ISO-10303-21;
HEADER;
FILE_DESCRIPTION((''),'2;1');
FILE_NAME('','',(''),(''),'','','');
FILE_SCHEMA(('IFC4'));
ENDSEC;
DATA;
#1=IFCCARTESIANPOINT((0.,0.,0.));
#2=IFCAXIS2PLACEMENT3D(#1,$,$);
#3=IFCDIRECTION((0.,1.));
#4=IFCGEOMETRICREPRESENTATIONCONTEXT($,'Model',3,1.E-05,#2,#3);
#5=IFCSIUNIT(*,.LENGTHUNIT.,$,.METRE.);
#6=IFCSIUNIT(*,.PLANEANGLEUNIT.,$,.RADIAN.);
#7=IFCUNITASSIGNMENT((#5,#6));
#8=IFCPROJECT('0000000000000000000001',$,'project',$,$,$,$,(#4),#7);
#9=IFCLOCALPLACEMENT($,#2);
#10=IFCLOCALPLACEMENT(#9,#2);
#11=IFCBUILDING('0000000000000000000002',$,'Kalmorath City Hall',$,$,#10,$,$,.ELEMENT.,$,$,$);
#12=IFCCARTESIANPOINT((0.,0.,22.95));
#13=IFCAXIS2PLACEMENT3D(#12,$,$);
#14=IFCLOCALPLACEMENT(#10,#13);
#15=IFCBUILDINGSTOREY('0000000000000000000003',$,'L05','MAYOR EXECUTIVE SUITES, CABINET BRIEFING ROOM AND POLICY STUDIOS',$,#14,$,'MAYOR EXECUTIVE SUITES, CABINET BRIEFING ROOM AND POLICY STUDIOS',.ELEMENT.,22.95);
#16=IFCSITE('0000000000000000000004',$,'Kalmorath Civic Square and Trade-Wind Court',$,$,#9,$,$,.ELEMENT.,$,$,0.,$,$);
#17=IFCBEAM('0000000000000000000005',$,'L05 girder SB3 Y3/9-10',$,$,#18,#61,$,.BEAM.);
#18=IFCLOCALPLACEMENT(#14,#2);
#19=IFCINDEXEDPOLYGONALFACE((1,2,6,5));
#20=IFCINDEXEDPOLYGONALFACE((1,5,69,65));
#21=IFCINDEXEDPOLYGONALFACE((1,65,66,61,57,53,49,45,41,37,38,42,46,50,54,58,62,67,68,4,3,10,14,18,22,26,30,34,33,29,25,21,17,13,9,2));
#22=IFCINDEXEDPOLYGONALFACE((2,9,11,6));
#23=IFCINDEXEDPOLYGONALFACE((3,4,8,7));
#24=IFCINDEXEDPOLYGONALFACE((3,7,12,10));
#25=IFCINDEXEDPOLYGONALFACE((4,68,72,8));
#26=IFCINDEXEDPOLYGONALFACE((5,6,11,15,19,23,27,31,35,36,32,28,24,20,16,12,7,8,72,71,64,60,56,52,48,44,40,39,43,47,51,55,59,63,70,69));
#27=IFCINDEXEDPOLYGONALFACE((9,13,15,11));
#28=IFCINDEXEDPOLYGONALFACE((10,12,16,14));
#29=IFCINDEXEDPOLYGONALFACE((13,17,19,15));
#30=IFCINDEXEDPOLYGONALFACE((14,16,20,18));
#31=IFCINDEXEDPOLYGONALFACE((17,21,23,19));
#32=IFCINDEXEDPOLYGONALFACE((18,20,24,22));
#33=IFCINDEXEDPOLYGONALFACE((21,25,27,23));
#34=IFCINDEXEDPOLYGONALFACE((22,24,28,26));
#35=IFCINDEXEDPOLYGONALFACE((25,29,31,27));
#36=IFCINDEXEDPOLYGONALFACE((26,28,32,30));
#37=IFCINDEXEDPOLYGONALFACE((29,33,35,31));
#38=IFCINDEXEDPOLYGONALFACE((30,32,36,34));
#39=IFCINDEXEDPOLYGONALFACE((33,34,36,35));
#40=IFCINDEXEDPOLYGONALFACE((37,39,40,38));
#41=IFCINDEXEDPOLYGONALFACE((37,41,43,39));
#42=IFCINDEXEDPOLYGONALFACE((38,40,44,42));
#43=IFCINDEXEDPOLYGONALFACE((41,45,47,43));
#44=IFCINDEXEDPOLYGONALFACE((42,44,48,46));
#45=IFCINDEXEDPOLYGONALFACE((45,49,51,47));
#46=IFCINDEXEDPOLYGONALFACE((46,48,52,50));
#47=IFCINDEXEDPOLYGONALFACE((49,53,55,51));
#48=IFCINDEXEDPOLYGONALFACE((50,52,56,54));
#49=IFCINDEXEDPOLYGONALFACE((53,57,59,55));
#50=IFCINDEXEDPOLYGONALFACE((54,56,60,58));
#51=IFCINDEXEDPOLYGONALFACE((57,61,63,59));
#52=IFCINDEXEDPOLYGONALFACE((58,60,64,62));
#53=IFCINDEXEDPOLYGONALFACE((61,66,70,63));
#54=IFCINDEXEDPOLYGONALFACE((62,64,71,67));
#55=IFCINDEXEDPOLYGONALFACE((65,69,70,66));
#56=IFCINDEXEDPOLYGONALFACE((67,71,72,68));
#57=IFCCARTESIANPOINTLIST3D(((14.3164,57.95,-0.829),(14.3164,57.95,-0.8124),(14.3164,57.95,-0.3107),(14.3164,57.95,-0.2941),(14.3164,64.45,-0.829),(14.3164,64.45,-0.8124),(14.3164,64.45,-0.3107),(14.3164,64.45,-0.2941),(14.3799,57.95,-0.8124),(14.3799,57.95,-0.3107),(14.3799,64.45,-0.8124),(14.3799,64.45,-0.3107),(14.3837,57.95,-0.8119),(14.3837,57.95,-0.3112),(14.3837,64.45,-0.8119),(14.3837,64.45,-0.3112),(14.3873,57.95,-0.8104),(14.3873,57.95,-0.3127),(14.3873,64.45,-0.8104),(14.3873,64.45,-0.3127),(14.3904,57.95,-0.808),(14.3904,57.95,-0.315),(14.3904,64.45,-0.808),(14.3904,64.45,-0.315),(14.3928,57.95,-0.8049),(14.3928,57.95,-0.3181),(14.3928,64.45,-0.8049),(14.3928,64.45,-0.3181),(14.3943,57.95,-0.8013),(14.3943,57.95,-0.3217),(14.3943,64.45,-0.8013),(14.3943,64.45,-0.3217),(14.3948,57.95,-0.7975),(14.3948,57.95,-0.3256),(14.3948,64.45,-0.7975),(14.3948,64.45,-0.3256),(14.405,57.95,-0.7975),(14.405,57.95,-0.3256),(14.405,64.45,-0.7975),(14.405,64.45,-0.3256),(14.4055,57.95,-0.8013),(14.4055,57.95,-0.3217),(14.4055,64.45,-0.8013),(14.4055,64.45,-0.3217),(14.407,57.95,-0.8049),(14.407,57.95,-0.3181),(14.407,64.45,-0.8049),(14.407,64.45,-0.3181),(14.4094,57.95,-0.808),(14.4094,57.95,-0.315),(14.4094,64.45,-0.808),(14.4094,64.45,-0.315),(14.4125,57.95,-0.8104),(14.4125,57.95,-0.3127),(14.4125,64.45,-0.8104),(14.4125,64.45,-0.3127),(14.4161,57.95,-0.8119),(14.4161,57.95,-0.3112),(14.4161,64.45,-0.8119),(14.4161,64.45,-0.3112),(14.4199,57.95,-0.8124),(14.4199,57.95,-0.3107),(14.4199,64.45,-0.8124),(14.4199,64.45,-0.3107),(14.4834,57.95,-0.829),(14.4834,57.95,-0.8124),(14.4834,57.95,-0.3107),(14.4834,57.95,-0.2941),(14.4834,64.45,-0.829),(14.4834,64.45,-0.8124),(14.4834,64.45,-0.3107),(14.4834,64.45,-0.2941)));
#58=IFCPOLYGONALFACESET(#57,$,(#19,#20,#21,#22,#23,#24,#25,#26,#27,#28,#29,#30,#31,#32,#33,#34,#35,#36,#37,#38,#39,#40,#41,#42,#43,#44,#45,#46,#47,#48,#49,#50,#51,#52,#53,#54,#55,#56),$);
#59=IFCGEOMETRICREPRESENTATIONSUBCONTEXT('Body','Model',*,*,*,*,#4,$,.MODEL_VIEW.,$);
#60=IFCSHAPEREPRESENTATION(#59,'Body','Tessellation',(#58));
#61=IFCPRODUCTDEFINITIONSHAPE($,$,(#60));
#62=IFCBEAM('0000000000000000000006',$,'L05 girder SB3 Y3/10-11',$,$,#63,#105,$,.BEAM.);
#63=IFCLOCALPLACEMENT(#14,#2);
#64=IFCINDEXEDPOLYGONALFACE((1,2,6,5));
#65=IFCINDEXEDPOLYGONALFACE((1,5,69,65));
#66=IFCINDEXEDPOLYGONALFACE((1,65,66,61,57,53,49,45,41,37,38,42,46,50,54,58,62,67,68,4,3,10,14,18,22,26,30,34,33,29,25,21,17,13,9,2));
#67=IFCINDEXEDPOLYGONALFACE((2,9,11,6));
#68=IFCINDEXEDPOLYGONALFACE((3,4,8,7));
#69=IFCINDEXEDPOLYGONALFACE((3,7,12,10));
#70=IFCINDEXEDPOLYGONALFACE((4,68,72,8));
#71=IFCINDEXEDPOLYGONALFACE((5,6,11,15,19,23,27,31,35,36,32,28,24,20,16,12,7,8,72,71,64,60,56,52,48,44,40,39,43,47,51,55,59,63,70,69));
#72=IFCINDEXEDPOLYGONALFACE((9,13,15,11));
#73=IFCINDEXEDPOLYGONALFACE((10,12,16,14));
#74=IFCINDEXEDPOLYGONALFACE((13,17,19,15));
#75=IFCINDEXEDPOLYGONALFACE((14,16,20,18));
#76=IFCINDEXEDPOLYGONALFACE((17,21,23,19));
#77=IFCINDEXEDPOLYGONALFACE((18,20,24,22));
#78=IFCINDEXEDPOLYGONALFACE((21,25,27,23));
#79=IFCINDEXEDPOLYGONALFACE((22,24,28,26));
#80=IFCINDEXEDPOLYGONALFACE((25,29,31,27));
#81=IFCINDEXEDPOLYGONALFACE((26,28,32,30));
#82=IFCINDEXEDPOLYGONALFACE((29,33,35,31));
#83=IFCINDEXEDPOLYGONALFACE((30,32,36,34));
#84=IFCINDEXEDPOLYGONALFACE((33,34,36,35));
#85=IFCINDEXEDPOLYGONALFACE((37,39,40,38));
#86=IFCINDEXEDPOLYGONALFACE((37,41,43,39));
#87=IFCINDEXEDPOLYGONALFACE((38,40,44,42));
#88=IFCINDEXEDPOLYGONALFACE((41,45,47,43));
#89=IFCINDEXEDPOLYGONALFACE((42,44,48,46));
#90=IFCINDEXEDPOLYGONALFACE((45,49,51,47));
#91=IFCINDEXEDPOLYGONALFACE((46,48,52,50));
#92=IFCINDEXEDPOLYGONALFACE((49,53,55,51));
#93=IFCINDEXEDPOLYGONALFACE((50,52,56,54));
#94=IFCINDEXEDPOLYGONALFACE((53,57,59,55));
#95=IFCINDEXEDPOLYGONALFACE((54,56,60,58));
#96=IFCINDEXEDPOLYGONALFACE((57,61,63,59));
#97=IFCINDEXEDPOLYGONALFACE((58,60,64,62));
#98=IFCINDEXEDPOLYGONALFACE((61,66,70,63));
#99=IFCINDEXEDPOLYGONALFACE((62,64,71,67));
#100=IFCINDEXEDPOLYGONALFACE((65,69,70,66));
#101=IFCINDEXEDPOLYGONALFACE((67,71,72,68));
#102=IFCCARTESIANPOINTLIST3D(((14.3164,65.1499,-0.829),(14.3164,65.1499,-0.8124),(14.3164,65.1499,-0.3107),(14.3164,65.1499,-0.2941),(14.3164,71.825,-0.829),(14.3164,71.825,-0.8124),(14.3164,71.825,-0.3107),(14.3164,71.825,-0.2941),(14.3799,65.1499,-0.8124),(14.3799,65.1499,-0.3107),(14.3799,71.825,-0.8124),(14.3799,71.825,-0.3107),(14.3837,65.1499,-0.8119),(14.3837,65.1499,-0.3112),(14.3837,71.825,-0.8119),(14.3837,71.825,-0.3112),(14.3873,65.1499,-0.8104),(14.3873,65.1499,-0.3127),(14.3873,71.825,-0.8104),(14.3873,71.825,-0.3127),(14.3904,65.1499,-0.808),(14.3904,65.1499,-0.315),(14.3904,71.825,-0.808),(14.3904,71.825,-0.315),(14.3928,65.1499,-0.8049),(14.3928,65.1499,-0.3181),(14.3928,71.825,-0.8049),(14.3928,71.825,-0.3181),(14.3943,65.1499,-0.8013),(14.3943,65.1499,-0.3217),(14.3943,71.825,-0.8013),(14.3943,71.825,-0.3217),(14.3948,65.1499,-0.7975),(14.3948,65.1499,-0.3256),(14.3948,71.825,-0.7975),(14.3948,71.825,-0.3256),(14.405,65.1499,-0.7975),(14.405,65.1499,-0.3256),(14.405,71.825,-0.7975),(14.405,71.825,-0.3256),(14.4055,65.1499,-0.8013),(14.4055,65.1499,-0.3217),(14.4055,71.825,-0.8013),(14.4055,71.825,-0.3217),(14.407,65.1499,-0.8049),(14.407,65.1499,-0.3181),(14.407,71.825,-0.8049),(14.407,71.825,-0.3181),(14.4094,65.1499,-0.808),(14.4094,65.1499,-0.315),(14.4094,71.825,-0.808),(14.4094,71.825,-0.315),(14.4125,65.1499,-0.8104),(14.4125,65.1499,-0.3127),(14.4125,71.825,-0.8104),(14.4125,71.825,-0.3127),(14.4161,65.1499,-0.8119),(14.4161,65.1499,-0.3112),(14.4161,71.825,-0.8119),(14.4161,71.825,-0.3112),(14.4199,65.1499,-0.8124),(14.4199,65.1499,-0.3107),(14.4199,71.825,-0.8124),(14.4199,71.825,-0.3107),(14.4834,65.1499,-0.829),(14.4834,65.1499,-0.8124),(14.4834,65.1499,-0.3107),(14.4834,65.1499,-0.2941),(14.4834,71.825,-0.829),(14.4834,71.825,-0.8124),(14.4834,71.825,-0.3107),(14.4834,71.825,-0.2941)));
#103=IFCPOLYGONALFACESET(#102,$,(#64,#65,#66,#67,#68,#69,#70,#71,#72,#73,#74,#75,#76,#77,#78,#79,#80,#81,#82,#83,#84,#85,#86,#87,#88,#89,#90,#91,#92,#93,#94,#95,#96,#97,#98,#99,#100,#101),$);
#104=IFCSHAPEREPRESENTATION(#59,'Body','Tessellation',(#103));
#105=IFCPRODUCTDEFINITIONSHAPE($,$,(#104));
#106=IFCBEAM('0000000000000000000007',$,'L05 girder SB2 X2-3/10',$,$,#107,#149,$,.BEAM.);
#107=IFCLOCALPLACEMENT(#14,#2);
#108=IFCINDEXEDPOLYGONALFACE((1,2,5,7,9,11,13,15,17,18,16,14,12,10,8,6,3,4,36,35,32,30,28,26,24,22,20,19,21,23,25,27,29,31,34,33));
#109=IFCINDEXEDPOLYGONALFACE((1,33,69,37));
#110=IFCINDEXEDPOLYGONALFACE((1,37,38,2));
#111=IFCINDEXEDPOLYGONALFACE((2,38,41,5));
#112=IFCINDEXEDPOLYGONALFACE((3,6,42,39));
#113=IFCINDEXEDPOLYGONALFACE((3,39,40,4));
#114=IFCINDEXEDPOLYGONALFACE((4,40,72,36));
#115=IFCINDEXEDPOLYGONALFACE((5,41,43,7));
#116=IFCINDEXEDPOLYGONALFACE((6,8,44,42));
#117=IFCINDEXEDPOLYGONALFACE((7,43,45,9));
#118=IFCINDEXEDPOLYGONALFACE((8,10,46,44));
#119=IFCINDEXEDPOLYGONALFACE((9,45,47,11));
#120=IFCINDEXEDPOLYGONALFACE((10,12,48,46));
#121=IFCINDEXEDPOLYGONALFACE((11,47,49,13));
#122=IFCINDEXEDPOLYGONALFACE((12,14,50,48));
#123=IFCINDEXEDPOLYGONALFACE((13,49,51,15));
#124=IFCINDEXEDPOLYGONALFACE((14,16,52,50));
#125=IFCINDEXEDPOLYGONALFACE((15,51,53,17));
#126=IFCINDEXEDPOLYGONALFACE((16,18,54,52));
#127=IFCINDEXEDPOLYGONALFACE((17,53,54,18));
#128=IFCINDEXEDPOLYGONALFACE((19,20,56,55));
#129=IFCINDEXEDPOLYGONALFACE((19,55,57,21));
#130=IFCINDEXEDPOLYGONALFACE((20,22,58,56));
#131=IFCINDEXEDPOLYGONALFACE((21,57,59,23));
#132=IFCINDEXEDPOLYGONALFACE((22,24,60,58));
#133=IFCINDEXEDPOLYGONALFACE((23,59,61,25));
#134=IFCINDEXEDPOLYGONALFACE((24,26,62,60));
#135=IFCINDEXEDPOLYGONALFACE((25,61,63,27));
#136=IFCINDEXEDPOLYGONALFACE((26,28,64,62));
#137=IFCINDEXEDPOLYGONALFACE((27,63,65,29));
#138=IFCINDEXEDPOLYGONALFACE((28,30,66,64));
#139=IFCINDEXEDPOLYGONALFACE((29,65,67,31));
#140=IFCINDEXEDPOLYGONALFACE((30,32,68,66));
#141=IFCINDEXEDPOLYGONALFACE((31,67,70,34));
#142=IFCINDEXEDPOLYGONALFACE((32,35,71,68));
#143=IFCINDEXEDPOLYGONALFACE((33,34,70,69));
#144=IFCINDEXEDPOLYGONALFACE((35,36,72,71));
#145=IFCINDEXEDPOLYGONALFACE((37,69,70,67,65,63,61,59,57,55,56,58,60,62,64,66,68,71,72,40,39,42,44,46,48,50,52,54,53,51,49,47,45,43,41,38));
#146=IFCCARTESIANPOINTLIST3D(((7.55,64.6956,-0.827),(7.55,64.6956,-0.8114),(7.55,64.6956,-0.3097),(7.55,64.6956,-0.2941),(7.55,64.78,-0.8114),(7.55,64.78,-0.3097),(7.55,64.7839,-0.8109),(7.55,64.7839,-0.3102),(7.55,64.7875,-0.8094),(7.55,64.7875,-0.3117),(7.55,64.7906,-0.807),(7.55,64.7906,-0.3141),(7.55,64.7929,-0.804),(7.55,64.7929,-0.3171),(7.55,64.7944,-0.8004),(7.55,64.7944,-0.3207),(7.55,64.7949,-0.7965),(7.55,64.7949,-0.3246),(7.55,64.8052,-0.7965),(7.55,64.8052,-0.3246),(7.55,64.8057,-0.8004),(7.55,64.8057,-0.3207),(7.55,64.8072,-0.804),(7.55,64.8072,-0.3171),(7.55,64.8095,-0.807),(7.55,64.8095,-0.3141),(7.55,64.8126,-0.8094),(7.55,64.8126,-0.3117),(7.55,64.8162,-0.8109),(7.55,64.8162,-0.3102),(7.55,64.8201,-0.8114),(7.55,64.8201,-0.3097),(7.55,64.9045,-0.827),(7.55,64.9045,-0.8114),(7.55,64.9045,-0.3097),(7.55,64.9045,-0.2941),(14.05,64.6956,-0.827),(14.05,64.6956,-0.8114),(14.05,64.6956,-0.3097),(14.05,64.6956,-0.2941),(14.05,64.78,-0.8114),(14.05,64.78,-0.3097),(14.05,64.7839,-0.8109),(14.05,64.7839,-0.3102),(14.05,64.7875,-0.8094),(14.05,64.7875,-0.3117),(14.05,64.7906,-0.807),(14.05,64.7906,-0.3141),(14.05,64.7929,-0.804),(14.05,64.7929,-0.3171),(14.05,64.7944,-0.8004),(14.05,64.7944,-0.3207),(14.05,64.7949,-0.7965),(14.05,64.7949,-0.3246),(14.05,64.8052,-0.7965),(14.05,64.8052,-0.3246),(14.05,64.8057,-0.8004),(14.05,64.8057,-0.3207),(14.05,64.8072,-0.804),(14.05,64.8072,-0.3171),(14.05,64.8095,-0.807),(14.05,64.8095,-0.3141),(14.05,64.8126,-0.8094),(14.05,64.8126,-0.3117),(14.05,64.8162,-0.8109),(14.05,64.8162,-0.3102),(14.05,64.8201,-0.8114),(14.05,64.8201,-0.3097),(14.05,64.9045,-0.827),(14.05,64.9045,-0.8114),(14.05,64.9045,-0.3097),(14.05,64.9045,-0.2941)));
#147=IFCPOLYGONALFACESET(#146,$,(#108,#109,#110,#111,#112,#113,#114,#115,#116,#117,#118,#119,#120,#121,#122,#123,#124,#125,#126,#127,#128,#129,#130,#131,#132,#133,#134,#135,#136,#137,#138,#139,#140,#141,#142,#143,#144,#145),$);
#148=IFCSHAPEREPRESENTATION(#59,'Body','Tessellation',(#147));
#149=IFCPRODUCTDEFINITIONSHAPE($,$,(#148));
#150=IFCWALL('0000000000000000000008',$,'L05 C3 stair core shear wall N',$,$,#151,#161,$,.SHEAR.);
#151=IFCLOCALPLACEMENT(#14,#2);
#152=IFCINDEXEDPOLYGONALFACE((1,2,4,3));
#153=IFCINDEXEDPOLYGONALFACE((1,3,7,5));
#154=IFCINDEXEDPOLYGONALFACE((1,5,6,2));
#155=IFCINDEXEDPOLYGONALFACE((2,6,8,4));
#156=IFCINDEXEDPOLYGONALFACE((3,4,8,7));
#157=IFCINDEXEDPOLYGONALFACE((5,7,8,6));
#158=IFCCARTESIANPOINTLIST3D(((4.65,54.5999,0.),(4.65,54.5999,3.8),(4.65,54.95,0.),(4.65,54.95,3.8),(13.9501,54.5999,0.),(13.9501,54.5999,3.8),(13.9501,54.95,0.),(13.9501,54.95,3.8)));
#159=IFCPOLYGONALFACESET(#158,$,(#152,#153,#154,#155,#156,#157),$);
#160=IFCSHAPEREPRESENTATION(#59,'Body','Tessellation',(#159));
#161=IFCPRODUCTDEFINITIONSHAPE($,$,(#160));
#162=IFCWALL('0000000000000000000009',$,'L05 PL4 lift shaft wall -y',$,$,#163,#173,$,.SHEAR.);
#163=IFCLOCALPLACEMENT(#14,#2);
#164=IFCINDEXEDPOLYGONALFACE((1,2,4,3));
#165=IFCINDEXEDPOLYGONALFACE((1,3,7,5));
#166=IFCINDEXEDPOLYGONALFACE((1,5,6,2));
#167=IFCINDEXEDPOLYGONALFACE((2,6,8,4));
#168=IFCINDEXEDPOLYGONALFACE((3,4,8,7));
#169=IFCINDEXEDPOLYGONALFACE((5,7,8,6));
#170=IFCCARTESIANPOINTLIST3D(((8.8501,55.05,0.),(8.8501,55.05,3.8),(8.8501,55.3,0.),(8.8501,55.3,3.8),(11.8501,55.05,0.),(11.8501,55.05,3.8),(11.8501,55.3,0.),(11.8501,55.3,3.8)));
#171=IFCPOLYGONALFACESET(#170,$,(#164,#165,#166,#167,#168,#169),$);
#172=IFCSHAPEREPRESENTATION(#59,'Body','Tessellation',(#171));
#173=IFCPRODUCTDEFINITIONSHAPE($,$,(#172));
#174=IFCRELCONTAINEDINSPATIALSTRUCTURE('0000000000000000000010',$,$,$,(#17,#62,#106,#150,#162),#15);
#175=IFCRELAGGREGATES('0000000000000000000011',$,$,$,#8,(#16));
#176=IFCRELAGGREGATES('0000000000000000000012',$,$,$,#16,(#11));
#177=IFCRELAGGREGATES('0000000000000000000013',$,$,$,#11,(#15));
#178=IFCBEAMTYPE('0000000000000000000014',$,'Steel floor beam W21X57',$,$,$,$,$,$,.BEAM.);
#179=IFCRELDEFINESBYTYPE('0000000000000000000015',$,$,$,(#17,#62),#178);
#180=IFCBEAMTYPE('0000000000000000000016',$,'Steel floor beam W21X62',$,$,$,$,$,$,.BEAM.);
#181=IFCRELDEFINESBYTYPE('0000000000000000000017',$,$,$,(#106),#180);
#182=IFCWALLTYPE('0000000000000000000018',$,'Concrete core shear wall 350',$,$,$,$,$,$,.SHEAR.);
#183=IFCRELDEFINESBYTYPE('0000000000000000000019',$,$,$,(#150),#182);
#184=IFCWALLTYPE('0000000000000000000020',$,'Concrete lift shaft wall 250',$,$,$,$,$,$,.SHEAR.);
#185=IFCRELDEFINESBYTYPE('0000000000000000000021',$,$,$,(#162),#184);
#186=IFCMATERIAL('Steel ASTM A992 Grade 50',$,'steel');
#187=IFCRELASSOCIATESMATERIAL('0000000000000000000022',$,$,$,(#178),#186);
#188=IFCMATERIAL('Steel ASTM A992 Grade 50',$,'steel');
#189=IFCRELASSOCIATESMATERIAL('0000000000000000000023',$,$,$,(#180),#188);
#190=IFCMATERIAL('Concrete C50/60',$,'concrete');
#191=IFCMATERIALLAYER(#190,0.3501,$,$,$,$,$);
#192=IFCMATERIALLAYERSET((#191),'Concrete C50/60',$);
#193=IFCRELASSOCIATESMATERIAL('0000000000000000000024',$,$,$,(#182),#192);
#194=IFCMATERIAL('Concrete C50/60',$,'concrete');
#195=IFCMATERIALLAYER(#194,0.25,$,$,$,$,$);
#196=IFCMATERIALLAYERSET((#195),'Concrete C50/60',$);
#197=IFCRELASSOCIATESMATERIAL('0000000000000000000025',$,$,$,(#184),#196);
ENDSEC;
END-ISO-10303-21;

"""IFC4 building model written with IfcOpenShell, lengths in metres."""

from ifc_helpers import new_model, si_unit, direction, frame, frame_2d, origin, origin_2d, place, context, subcontext, project, spatial, rectangle, i_section, extrude, material, layer, layer_set, material_profile, profile_set, type_object, element, save


model = new_model("IFC4")

# Units and contexts
model_context = context("Model", 3, precision=1e-05, world=origin(), true_north=direction((0.0, 1.0)))
body_context = subcontext(model_context, "Body", "Model", "MODEL_VIEW")
ifc_project = project(units=[si_unit("LENGTHUNIT", "METRE"), si_unit("PLANEANGLEUNIT", "RADIAN")], contexts=[model_context])

# Site, building, storey
site_placement = place(None, origin())
site = spatial("IfcSite", under=ifc_project, at=site_placement, Name="Kalmorath Civic Square and Trade-Wind Court", CompositionType="ELEMENT", RefElevation=0.0)
building_placement = place(site_placement, origin())
building = spatial("IfcBuilding", under=site, at=building_placement, Name="Kalmorath City Hall", CompositionType="ELEMENT")
storey_placement = place(building_placement, frame((0.0, 0.0, 22.95)))
storey = spatial("IfcBuildingStorey", under=building, at=storey_placement, Name="L05", Description="MAYOR EXECUTIVE SUITES, CABINET BRIEFING ROOM AND POLICY STUDIOS", LongName="MAYOR EXECUTIVE SUITES, CABINET BRIEFING ROOM AND POLICY STUDIOS", CompositionType="ELEMENT", Elevation=22.95)

# Beams
ifc_material_1 = material(Name="Steel ASTM A992 Grade 50", Category="steel")
ifc_material_profile_1 = material_profile(ifc_material_1, i_section(OverallWidth=0.167, OverallDepth=0.5349, WebThickness=0.0103, FlangeThickness=0.0166, FilletRadius=0.0149, at=origin_2d()), Name="W21X57")
ifc_profile_set_1 = profile_set([ifc_material_profile_1], Name="Steel ASTM A992 Grade 50")
beam_type_1 = type_object("IfcBeamType", Name="Steel floor beam W21X57", PredefinedType="BEAM", material=ifc_profile_set_1)
beam_1_placement = place(storey_placement, frame((14.3999, 57.95, -0.5615), z_axis=(0.0, 1.0, 0.0), x_axis=(-1.0, 0.0, 0.0)))
element("IfcBeam", 1, at=beam_1_placement, inside=storey, type_object=beam_type_1, Name="L05 girder SB3 Y3/9-10", PredefinedType="BEAM", context=body_context, shape_type="SweptSolid", body=[
    extrude(i_section(OverallWidth=0.167, OverallDepth=0.5349, WebThickness=0.0103, FlangeThickness=0.0166, FilletRadius=0.0149, at=origin_2d()), origin(), (0.0, 0.0, 1.0), 6.5),
])
beam_2_placement = place(storey_placement, frame((14.3999, 65.1499, -0.5615), z_axis=(0.0, 1.0, 0.0), x_axis=(-1.0, 0.0, 0.0)))
element("IfcBeam", 2, at=beam_2_placement, inside=storey, type_object=beam_type_1, Name="L05 girder SB3 Y3/10-11", PredefinedType="BEAM", context=body_context, shape_type="SweptSolid", body=[
    extrude(i_section(OverallWidth=0.167, OverallDepth=0.5349, WebThickness=0.0103, FlangeThickness=0.0166, FilletRadius=0.0149, at=origin_2d()), origin(), (0.0, 0.0, 1.0), 6.675),
])
ifc_material_2 = material(Name="Steel ASTM A992 Grade 50", Category="steel")
ifc_material_profile_2 = material_profile(ifc_material_2, i_section(OverallWidth=0.209, OverallDepth=0.533, WebThickness=0.0103, FlangeThickness=0.0156, FilletRadius=0.0149, at=origin_2d()), Name="W21X62")
ifc_profile_set_2 = profile_set([ifc_material_profile_2], Name="Steel ASTM A992 Grade 50")
beam_type_2 = type_object("IfcBeamType", Name="Steel floor beam W21X62", PredefinedType="BEAM", material=ifc_profile_set_2)
beam_3_placement = place(storey_placement, frame((7.55, 64.8, -0.5605), z_axis=(1.0, 0.0, 0.0), x_axis=(0.0, 1.0, 0.0)))
element("IfcBeam", 3, at=beam_3_placement, inside=storey, type_object=beam_type_2, Name="L05 girder SB2 X2-3/10", PredefinedType="BEAM", context=body_context, shape_type="SweptSolid", body=[
    extrude(i_section(OverallWidth=0.209, OverallDepth=0.533, WebThickness=0.0103, FlangeThickness=0.0156, FilletRadius=0.0149, at=origin_2d()), origin(), (0.0, 0.0, 1.0), 6.5),
])

# Walls
ifc_material_3 = material(Name="Concrete C50/60", Category="concrete")
ifc_layer_1 = layer(ifc_material_3, 0.3501)
ifc_layer_set_1 = layer_set([ifc_layer_1], Name="Concrete C50/60")
wall_type_1 = type_object("IfcWallType", Name="Concrete core shear wall 350", PredefinedType="SHEAR", material=ifc_layer_set_1)
wall_1_placement = place(storey_placement, frame((13.95, 54.7749, 0.0), z_axis=(0.0, 0.0, 1.0), x_axis=(-1.0, 0.0, 0.0)))
element("IfcWall", 4, at=wall_1_placement, inside=storey, type_object=wall_type_1, Name="L05 C3 stair core shear wall N", PredefinedType="SHEAR", context=body_context, shape_type="SweptSolid", body=[
    extrude(rectangle(XDim=9.3, YDim=0.3501, at=frame_2d((4.6499, 0.0))), origin(), (0.0, 0.0, 1.0), 3.8),
])
ifc_material_4 = material(Name="Concrete C50/60", Category="concrete")
ifc_layer_2 = layer(ifc_material_4, 0.25)
ifc_layer_set_2 = layer_set([ifc_layer_2], Name="Concrete C50/60")
wall_type_2 = type_object("IfcWallType", Name="Concrete lift shaft wall 250", PredefinedType="SHEAR", material=ifc_layer_set_2)
wall_2_placement = place(storey_placement, frame((8.8501, 55.175, 0.0), z_axis=(0.0, 0.0, 1.0), x_axis=(1.0, 0.0, 0.0)))
element("IfcWall", 5, at=wall_2_placement, inside=storey, type_object=wall_type_2, Name="L05 PL4 lift shaft wall -y", PredefinedType="SHEAR", context=body_context, shape_type="SweptSolid", body=[
    extrude(rectangle(XDim=3.0, YDim=0.25, at=frame_2d((1.5, 0.0))), origin(), (0.0, 0.0, 1.0), 3.8),
])

save(model, "model.ifc")
